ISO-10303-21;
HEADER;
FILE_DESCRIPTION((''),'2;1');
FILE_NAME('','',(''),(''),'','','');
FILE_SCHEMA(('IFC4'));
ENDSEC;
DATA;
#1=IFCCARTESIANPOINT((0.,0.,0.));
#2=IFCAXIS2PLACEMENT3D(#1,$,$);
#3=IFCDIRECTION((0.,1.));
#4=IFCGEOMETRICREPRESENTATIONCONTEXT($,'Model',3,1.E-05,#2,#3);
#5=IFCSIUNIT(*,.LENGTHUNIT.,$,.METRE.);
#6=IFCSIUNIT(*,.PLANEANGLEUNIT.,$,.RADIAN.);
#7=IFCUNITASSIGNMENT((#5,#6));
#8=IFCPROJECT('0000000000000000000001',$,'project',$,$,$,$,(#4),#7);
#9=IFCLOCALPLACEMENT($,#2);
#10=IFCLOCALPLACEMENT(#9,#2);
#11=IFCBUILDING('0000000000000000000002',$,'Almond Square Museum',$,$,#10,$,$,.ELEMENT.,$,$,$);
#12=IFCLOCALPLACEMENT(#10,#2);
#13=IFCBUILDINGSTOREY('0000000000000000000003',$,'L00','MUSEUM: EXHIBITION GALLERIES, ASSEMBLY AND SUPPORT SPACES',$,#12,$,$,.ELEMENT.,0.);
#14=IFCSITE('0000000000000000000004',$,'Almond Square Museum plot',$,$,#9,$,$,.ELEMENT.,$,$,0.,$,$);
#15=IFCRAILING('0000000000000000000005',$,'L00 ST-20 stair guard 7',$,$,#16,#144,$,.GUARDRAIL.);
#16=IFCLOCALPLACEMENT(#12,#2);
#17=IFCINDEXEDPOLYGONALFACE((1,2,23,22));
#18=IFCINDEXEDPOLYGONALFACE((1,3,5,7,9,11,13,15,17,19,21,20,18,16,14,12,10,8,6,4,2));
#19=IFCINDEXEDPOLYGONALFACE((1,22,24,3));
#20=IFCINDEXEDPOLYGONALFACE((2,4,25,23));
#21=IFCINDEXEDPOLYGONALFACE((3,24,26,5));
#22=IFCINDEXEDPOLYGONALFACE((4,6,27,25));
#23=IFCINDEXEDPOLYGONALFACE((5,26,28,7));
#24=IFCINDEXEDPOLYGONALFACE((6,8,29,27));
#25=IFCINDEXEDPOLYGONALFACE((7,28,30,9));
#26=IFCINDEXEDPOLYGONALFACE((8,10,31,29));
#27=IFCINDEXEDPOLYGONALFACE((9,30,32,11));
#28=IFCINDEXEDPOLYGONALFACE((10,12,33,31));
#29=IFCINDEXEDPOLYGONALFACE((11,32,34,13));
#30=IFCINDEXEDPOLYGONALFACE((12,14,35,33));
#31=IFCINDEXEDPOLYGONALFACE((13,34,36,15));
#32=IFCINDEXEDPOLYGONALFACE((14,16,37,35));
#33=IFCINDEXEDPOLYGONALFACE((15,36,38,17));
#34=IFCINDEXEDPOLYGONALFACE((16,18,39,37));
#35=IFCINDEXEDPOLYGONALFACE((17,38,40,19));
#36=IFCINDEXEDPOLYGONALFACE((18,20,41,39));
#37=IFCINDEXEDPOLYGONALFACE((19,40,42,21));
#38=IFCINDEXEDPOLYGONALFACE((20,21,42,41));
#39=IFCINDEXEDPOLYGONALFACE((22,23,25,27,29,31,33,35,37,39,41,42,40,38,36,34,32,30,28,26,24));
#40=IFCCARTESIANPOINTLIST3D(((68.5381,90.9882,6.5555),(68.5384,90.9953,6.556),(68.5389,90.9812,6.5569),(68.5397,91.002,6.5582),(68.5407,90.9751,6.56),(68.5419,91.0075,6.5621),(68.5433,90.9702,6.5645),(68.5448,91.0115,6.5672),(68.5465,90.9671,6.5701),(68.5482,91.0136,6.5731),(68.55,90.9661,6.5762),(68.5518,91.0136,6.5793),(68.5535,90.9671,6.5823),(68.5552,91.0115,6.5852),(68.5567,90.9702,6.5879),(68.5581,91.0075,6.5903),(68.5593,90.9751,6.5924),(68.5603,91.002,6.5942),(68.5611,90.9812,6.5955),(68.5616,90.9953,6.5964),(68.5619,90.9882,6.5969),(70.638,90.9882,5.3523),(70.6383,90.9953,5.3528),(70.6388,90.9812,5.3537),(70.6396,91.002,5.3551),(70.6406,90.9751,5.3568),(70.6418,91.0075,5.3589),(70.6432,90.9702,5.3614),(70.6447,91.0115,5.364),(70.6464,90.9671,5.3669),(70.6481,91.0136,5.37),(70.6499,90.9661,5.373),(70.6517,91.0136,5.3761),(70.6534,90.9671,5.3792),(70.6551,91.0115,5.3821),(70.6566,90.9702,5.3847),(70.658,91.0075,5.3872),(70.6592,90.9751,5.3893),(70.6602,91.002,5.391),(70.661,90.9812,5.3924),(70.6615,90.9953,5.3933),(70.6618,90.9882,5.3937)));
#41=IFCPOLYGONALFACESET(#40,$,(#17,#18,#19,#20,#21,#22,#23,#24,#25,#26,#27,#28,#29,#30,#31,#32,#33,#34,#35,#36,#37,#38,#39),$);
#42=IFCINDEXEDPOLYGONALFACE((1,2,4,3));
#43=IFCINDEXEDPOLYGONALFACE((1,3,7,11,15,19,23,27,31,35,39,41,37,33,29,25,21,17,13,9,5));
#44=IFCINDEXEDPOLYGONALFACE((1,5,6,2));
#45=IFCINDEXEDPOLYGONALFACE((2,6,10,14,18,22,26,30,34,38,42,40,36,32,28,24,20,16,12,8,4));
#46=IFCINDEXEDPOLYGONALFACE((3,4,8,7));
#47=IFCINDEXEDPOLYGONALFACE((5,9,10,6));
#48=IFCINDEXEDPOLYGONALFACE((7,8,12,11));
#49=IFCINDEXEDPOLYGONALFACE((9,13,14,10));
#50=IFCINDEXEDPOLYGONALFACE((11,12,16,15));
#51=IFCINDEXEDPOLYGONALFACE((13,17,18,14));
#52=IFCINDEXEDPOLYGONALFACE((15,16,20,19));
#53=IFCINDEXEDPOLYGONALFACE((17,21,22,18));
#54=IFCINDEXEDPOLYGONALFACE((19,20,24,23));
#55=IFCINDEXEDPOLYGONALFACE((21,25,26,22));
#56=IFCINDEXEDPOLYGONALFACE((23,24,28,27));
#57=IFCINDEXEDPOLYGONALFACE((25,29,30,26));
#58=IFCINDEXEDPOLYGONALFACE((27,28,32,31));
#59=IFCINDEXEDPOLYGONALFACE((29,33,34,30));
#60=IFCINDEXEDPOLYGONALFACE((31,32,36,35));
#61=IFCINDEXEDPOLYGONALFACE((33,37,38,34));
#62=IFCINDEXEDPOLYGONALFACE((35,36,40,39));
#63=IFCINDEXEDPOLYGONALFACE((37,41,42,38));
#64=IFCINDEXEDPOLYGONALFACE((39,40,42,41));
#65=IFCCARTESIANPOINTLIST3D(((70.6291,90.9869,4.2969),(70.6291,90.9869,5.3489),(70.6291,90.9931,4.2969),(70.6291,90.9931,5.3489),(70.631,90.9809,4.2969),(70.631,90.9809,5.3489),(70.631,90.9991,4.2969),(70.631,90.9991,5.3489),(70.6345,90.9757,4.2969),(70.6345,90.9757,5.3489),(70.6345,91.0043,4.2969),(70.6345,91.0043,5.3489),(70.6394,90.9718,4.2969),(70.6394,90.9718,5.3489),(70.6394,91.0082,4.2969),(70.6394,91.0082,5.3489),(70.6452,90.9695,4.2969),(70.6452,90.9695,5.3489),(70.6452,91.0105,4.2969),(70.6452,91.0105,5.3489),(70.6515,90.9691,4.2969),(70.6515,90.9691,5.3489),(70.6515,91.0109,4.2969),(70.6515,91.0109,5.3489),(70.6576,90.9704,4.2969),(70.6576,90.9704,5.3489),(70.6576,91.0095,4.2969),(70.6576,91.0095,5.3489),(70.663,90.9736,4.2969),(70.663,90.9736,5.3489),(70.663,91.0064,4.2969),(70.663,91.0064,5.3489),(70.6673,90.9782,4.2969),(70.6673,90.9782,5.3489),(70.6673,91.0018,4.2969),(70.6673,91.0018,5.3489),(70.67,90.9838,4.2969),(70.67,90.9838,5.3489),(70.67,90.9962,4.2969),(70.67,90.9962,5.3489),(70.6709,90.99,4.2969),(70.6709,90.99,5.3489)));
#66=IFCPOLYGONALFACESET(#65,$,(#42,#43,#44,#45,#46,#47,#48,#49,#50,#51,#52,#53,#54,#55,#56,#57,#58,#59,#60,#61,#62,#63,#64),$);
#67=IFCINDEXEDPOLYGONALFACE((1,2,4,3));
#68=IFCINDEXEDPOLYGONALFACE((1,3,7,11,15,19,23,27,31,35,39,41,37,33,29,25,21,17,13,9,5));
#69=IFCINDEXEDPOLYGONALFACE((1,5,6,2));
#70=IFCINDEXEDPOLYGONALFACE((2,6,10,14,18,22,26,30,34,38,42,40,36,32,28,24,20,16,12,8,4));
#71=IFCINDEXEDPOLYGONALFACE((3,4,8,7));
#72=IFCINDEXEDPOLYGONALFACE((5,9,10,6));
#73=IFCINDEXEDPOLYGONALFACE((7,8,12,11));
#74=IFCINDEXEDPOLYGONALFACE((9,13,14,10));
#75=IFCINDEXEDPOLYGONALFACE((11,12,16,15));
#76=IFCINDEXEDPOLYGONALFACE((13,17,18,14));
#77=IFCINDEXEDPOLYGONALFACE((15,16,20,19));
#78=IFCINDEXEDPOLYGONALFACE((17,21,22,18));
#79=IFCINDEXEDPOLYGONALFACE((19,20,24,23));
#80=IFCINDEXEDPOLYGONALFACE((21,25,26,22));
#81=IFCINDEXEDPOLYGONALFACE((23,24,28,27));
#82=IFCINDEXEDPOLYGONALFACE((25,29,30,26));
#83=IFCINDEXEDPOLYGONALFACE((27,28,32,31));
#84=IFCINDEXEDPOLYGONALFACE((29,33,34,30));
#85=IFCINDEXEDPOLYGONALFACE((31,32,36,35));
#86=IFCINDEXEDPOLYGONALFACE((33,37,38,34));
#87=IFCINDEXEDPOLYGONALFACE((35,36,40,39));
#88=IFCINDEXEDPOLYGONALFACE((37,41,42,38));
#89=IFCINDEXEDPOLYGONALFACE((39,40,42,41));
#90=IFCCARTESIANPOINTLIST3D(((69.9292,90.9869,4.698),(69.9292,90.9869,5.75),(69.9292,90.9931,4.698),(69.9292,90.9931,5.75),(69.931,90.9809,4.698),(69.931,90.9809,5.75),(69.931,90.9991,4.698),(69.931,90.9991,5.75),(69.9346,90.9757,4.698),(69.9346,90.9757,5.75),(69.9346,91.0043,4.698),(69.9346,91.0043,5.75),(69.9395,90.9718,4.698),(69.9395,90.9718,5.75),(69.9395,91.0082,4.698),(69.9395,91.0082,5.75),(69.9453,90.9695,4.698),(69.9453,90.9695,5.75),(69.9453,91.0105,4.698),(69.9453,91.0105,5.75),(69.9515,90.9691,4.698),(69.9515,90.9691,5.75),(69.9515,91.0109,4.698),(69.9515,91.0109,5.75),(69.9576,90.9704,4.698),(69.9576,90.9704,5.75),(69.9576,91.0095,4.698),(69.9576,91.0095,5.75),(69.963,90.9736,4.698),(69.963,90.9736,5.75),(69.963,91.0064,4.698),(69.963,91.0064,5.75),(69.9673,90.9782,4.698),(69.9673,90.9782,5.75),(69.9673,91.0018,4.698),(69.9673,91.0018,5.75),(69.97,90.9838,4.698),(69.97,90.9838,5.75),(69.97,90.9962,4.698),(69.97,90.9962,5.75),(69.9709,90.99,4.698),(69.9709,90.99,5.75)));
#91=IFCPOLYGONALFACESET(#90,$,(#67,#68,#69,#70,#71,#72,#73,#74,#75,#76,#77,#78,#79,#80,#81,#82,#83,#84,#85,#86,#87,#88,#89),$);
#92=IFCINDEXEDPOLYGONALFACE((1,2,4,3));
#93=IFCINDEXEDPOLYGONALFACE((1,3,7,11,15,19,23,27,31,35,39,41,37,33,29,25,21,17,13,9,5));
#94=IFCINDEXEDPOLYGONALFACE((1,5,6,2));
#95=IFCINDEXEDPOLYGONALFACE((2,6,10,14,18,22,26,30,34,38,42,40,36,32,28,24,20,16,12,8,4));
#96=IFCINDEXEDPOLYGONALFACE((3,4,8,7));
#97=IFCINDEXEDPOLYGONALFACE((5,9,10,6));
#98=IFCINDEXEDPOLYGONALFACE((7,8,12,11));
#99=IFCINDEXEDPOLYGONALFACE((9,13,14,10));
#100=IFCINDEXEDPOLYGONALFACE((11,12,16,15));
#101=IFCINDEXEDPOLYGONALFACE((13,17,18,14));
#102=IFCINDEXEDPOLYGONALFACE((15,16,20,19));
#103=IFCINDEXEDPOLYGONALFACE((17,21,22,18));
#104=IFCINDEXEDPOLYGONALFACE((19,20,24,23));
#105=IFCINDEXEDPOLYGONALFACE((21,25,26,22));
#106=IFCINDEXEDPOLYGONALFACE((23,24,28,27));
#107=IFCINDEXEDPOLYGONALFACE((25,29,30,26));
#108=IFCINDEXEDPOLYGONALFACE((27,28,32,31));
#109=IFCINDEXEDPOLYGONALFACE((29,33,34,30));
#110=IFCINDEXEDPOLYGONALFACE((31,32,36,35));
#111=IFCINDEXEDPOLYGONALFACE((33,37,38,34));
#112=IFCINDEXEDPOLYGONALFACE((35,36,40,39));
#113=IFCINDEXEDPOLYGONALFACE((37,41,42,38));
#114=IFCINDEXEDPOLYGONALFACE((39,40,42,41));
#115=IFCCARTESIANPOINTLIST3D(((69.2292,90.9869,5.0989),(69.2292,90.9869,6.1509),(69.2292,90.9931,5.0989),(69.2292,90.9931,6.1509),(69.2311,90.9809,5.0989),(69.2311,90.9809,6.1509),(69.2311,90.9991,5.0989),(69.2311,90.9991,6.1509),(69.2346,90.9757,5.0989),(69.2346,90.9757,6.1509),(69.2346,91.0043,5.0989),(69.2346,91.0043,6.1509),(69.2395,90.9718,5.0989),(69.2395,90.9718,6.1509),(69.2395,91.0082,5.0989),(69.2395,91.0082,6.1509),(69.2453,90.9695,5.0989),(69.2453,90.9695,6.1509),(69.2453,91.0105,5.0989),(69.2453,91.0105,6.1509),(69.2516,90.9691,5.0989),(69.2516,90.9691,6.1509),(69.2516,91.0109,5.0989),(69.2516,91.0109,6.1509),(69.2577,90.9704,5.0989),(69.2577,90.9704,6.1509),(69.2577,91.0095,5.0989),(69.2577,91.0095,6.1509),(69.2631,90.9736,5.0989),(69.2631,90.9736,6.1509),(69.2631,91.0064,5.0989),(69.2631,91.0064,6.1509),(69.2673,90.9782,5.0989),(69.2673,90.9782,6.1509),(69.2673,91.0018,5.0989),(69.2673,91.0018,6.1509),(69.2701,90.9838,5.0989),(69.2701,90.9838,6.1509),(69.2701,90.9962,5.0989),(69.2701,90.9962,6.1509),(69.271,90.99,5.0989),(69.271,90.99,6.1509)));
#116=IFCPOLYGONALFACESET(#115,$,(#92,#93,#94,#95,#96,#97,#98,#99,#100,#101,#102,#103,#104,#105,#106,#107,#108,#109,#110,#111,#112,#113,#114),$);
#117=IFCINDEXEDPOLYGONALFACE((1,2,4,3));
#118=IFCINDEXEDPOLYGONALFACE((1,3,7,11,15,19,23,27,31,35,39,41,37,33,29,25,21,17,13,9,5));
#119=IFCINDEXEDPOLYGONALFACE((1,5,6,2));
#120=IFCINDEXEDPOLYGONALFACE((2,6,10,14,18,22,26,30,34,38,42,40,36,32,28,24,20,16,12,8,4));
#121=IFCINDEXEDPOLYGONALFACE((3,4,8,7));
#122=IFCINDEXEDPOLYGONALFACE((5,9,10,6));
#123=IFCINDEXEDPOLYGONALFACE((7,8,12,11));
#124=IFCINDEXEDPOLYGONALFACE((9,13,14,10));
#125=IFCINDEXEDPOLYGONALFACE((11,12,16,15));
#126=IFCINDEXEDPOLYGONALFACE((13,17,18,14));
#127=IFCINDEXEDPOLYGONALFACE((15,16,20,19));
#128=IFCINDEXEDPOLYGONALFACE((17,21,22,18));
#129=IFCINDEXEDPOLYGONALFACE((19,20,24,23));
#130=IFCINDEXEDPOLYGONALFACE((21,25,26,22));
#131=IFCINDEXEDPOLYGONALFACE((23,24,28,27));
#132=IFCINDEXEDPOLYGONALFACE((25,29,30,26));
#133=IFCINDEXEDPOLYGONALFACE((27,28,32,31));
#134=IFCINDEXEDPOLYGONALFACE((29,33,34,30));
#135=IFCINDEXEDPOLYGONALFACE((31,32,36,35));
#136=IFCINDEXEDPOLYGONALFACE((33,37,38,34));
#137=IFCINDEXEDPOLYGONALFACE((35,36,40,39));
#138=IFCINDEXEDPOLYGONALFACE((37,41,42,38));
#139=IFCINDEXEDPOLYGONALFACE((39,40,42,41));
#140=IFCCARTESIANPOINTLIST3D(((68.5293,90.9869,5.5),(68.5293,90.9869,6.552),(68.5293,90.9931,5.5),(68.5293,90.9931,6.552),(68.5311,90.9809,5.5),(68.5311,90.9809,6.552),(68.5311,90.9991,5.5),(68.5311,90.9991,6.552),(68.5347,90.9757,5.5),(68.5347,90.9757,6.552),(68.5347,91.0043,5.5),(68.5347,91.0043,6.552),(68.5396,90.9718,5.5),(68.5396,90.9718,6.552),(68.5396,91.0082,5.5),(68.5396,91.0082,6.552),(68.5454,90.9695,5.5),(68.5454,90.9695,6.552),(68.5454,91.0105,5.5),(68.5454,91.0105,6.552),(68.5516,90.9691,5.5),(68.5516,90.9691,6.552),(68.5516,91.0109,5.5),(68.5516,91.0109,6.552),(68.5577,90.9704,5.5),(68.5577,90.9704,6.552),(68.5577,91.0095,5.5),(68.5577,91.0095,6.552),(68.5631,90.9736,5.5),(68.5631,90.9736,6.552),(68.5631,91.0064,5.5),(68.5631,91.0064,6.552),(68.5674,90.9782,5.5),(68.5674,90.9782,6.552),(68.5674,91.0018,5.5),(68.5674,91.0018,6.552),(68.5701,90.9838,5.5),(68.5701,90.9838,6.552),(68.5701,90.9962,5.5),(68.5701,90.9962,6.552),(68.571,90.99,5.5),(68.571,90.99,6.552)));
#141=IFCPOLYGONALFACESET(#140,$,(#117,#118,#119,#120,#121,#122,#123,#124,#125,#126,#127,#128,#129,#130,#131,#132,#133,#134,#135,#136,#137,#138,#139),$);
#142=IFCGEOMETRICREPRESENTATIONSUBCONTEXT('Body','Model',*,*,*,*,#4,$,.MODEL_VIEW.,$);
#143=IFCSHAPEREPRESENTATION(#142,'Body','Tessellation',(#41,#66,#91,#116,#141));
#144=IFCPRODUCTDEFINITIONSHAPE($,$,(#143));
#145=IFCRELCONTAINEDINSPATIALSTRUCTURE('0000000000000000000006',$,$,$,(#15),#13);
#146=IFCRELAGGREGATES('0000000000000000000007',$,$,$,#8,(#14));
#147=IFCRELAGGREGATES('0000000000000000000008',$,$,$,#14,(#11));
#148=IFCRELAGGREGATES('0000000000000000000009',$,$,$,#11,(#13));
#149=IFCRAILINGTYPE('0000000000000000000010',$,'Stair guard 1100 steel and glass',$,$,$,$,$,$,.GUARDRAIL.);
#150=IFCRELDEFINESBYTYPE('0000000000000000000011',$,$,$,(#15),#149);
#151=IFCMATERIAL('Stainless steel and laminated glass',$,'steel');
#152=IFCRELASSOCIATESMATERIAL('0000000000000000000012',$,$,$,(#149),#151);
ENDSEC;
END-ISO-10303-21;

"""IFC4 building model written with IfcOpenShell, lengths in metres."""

from ifc_helpers import new_model, si_unit, direction, frame, origin, origin_2d, place, context, subcontext, project, spatial, circle, extrude, material, type_object, element, save


model = new_model("IFC4")

# Units and contexts
model_context = context("Model", 3, precision=1e-05, world=origin(), true_north=direction((0.0, 1.0)))
body_context = subcontext(model_context, "Body", "Model", "MODEL_VIEW")
ifc_project = project(units=[si_unit("LENGTHUNIT", "METRE"), si_unit("PLANEANGLEUNIT", "RADIAN")], contexts=[model_context])

# Site, building, storey
site_placement = place(None, origin())
site = spatial("IfcSite", under=ifc_project, at=site_placement, Name="Almond Square Museum plot", CompositionType="ELEMENT", RefElevation=0.0)
building_placement = place(site_placement, origin())
building = spatial("IfcBuilding", under=site, at=building_placement, Name="Almond Square Museum", CompositionType="ELEMENT")
storey_placement = place(building_placement, origin())
storey = spatial("IfcBuildingStorey", under=building, at=storey_placement, Name="L00", Description="MUSEUM: EXHIBITION GALLERIES, ASSEMBLY AND SUPPORT SPACES", CompositionType="ELEMENT", Elevation=0.0)

# Railing
ifc_material_1 = material(Name="Stainless steel and laminated glass", Category="steel")
railing_type_1 = type_object("IfcRailingType", Name="Stair guard 1100 steel and glass", PredefinedType="GUARDRAIL", material=ifc_material_1)
railing_1_placement = place(storey_placement, frame((70.6499, 90.99, 4.2969)))
element("IfcRailing", 1, at=railing_1_placement, inside=storey, type_object=railing_type_1, Name="L00 ST-20 stair guard 7", PredefinedType="GUARDRAIL", context=body_context, shape_type="SweptSolid", body=[
    extrude(circle(Radius=0.0239, at=origin_2d()), frame((0.0, 0.0, 1.0762), z_axis=(-0.867671, 0.0, 0.497138), x_axis=(0.0, -1.0, 0.0)), (0.0, 0.0, 1.0), 2.4202),
    extrude(circle(Radius=0.021, at=origin_2d()), origin(), (0.0, 0.0, 1.0), 1.052),
    extrude(circle(Radius=0.021, at=origin_2d()), frame((-0.7, 0.0, 0.4011)), (0.0, 0.0, 1.0), 1.052),
    extrude(circle(Radius=0.021, at=origin_2d()), frame((-1.3999, 0.0, 0.802)), (0.0, 0.0, 1.0), 1.052),
    extrude(circle(Radius=0.021, at=origin_2d()), frame((-2.0999, 0.0, 1.2031)), (0.0, 0.0, 1.0), 1.052),
])

save(model, "model.ifc")
